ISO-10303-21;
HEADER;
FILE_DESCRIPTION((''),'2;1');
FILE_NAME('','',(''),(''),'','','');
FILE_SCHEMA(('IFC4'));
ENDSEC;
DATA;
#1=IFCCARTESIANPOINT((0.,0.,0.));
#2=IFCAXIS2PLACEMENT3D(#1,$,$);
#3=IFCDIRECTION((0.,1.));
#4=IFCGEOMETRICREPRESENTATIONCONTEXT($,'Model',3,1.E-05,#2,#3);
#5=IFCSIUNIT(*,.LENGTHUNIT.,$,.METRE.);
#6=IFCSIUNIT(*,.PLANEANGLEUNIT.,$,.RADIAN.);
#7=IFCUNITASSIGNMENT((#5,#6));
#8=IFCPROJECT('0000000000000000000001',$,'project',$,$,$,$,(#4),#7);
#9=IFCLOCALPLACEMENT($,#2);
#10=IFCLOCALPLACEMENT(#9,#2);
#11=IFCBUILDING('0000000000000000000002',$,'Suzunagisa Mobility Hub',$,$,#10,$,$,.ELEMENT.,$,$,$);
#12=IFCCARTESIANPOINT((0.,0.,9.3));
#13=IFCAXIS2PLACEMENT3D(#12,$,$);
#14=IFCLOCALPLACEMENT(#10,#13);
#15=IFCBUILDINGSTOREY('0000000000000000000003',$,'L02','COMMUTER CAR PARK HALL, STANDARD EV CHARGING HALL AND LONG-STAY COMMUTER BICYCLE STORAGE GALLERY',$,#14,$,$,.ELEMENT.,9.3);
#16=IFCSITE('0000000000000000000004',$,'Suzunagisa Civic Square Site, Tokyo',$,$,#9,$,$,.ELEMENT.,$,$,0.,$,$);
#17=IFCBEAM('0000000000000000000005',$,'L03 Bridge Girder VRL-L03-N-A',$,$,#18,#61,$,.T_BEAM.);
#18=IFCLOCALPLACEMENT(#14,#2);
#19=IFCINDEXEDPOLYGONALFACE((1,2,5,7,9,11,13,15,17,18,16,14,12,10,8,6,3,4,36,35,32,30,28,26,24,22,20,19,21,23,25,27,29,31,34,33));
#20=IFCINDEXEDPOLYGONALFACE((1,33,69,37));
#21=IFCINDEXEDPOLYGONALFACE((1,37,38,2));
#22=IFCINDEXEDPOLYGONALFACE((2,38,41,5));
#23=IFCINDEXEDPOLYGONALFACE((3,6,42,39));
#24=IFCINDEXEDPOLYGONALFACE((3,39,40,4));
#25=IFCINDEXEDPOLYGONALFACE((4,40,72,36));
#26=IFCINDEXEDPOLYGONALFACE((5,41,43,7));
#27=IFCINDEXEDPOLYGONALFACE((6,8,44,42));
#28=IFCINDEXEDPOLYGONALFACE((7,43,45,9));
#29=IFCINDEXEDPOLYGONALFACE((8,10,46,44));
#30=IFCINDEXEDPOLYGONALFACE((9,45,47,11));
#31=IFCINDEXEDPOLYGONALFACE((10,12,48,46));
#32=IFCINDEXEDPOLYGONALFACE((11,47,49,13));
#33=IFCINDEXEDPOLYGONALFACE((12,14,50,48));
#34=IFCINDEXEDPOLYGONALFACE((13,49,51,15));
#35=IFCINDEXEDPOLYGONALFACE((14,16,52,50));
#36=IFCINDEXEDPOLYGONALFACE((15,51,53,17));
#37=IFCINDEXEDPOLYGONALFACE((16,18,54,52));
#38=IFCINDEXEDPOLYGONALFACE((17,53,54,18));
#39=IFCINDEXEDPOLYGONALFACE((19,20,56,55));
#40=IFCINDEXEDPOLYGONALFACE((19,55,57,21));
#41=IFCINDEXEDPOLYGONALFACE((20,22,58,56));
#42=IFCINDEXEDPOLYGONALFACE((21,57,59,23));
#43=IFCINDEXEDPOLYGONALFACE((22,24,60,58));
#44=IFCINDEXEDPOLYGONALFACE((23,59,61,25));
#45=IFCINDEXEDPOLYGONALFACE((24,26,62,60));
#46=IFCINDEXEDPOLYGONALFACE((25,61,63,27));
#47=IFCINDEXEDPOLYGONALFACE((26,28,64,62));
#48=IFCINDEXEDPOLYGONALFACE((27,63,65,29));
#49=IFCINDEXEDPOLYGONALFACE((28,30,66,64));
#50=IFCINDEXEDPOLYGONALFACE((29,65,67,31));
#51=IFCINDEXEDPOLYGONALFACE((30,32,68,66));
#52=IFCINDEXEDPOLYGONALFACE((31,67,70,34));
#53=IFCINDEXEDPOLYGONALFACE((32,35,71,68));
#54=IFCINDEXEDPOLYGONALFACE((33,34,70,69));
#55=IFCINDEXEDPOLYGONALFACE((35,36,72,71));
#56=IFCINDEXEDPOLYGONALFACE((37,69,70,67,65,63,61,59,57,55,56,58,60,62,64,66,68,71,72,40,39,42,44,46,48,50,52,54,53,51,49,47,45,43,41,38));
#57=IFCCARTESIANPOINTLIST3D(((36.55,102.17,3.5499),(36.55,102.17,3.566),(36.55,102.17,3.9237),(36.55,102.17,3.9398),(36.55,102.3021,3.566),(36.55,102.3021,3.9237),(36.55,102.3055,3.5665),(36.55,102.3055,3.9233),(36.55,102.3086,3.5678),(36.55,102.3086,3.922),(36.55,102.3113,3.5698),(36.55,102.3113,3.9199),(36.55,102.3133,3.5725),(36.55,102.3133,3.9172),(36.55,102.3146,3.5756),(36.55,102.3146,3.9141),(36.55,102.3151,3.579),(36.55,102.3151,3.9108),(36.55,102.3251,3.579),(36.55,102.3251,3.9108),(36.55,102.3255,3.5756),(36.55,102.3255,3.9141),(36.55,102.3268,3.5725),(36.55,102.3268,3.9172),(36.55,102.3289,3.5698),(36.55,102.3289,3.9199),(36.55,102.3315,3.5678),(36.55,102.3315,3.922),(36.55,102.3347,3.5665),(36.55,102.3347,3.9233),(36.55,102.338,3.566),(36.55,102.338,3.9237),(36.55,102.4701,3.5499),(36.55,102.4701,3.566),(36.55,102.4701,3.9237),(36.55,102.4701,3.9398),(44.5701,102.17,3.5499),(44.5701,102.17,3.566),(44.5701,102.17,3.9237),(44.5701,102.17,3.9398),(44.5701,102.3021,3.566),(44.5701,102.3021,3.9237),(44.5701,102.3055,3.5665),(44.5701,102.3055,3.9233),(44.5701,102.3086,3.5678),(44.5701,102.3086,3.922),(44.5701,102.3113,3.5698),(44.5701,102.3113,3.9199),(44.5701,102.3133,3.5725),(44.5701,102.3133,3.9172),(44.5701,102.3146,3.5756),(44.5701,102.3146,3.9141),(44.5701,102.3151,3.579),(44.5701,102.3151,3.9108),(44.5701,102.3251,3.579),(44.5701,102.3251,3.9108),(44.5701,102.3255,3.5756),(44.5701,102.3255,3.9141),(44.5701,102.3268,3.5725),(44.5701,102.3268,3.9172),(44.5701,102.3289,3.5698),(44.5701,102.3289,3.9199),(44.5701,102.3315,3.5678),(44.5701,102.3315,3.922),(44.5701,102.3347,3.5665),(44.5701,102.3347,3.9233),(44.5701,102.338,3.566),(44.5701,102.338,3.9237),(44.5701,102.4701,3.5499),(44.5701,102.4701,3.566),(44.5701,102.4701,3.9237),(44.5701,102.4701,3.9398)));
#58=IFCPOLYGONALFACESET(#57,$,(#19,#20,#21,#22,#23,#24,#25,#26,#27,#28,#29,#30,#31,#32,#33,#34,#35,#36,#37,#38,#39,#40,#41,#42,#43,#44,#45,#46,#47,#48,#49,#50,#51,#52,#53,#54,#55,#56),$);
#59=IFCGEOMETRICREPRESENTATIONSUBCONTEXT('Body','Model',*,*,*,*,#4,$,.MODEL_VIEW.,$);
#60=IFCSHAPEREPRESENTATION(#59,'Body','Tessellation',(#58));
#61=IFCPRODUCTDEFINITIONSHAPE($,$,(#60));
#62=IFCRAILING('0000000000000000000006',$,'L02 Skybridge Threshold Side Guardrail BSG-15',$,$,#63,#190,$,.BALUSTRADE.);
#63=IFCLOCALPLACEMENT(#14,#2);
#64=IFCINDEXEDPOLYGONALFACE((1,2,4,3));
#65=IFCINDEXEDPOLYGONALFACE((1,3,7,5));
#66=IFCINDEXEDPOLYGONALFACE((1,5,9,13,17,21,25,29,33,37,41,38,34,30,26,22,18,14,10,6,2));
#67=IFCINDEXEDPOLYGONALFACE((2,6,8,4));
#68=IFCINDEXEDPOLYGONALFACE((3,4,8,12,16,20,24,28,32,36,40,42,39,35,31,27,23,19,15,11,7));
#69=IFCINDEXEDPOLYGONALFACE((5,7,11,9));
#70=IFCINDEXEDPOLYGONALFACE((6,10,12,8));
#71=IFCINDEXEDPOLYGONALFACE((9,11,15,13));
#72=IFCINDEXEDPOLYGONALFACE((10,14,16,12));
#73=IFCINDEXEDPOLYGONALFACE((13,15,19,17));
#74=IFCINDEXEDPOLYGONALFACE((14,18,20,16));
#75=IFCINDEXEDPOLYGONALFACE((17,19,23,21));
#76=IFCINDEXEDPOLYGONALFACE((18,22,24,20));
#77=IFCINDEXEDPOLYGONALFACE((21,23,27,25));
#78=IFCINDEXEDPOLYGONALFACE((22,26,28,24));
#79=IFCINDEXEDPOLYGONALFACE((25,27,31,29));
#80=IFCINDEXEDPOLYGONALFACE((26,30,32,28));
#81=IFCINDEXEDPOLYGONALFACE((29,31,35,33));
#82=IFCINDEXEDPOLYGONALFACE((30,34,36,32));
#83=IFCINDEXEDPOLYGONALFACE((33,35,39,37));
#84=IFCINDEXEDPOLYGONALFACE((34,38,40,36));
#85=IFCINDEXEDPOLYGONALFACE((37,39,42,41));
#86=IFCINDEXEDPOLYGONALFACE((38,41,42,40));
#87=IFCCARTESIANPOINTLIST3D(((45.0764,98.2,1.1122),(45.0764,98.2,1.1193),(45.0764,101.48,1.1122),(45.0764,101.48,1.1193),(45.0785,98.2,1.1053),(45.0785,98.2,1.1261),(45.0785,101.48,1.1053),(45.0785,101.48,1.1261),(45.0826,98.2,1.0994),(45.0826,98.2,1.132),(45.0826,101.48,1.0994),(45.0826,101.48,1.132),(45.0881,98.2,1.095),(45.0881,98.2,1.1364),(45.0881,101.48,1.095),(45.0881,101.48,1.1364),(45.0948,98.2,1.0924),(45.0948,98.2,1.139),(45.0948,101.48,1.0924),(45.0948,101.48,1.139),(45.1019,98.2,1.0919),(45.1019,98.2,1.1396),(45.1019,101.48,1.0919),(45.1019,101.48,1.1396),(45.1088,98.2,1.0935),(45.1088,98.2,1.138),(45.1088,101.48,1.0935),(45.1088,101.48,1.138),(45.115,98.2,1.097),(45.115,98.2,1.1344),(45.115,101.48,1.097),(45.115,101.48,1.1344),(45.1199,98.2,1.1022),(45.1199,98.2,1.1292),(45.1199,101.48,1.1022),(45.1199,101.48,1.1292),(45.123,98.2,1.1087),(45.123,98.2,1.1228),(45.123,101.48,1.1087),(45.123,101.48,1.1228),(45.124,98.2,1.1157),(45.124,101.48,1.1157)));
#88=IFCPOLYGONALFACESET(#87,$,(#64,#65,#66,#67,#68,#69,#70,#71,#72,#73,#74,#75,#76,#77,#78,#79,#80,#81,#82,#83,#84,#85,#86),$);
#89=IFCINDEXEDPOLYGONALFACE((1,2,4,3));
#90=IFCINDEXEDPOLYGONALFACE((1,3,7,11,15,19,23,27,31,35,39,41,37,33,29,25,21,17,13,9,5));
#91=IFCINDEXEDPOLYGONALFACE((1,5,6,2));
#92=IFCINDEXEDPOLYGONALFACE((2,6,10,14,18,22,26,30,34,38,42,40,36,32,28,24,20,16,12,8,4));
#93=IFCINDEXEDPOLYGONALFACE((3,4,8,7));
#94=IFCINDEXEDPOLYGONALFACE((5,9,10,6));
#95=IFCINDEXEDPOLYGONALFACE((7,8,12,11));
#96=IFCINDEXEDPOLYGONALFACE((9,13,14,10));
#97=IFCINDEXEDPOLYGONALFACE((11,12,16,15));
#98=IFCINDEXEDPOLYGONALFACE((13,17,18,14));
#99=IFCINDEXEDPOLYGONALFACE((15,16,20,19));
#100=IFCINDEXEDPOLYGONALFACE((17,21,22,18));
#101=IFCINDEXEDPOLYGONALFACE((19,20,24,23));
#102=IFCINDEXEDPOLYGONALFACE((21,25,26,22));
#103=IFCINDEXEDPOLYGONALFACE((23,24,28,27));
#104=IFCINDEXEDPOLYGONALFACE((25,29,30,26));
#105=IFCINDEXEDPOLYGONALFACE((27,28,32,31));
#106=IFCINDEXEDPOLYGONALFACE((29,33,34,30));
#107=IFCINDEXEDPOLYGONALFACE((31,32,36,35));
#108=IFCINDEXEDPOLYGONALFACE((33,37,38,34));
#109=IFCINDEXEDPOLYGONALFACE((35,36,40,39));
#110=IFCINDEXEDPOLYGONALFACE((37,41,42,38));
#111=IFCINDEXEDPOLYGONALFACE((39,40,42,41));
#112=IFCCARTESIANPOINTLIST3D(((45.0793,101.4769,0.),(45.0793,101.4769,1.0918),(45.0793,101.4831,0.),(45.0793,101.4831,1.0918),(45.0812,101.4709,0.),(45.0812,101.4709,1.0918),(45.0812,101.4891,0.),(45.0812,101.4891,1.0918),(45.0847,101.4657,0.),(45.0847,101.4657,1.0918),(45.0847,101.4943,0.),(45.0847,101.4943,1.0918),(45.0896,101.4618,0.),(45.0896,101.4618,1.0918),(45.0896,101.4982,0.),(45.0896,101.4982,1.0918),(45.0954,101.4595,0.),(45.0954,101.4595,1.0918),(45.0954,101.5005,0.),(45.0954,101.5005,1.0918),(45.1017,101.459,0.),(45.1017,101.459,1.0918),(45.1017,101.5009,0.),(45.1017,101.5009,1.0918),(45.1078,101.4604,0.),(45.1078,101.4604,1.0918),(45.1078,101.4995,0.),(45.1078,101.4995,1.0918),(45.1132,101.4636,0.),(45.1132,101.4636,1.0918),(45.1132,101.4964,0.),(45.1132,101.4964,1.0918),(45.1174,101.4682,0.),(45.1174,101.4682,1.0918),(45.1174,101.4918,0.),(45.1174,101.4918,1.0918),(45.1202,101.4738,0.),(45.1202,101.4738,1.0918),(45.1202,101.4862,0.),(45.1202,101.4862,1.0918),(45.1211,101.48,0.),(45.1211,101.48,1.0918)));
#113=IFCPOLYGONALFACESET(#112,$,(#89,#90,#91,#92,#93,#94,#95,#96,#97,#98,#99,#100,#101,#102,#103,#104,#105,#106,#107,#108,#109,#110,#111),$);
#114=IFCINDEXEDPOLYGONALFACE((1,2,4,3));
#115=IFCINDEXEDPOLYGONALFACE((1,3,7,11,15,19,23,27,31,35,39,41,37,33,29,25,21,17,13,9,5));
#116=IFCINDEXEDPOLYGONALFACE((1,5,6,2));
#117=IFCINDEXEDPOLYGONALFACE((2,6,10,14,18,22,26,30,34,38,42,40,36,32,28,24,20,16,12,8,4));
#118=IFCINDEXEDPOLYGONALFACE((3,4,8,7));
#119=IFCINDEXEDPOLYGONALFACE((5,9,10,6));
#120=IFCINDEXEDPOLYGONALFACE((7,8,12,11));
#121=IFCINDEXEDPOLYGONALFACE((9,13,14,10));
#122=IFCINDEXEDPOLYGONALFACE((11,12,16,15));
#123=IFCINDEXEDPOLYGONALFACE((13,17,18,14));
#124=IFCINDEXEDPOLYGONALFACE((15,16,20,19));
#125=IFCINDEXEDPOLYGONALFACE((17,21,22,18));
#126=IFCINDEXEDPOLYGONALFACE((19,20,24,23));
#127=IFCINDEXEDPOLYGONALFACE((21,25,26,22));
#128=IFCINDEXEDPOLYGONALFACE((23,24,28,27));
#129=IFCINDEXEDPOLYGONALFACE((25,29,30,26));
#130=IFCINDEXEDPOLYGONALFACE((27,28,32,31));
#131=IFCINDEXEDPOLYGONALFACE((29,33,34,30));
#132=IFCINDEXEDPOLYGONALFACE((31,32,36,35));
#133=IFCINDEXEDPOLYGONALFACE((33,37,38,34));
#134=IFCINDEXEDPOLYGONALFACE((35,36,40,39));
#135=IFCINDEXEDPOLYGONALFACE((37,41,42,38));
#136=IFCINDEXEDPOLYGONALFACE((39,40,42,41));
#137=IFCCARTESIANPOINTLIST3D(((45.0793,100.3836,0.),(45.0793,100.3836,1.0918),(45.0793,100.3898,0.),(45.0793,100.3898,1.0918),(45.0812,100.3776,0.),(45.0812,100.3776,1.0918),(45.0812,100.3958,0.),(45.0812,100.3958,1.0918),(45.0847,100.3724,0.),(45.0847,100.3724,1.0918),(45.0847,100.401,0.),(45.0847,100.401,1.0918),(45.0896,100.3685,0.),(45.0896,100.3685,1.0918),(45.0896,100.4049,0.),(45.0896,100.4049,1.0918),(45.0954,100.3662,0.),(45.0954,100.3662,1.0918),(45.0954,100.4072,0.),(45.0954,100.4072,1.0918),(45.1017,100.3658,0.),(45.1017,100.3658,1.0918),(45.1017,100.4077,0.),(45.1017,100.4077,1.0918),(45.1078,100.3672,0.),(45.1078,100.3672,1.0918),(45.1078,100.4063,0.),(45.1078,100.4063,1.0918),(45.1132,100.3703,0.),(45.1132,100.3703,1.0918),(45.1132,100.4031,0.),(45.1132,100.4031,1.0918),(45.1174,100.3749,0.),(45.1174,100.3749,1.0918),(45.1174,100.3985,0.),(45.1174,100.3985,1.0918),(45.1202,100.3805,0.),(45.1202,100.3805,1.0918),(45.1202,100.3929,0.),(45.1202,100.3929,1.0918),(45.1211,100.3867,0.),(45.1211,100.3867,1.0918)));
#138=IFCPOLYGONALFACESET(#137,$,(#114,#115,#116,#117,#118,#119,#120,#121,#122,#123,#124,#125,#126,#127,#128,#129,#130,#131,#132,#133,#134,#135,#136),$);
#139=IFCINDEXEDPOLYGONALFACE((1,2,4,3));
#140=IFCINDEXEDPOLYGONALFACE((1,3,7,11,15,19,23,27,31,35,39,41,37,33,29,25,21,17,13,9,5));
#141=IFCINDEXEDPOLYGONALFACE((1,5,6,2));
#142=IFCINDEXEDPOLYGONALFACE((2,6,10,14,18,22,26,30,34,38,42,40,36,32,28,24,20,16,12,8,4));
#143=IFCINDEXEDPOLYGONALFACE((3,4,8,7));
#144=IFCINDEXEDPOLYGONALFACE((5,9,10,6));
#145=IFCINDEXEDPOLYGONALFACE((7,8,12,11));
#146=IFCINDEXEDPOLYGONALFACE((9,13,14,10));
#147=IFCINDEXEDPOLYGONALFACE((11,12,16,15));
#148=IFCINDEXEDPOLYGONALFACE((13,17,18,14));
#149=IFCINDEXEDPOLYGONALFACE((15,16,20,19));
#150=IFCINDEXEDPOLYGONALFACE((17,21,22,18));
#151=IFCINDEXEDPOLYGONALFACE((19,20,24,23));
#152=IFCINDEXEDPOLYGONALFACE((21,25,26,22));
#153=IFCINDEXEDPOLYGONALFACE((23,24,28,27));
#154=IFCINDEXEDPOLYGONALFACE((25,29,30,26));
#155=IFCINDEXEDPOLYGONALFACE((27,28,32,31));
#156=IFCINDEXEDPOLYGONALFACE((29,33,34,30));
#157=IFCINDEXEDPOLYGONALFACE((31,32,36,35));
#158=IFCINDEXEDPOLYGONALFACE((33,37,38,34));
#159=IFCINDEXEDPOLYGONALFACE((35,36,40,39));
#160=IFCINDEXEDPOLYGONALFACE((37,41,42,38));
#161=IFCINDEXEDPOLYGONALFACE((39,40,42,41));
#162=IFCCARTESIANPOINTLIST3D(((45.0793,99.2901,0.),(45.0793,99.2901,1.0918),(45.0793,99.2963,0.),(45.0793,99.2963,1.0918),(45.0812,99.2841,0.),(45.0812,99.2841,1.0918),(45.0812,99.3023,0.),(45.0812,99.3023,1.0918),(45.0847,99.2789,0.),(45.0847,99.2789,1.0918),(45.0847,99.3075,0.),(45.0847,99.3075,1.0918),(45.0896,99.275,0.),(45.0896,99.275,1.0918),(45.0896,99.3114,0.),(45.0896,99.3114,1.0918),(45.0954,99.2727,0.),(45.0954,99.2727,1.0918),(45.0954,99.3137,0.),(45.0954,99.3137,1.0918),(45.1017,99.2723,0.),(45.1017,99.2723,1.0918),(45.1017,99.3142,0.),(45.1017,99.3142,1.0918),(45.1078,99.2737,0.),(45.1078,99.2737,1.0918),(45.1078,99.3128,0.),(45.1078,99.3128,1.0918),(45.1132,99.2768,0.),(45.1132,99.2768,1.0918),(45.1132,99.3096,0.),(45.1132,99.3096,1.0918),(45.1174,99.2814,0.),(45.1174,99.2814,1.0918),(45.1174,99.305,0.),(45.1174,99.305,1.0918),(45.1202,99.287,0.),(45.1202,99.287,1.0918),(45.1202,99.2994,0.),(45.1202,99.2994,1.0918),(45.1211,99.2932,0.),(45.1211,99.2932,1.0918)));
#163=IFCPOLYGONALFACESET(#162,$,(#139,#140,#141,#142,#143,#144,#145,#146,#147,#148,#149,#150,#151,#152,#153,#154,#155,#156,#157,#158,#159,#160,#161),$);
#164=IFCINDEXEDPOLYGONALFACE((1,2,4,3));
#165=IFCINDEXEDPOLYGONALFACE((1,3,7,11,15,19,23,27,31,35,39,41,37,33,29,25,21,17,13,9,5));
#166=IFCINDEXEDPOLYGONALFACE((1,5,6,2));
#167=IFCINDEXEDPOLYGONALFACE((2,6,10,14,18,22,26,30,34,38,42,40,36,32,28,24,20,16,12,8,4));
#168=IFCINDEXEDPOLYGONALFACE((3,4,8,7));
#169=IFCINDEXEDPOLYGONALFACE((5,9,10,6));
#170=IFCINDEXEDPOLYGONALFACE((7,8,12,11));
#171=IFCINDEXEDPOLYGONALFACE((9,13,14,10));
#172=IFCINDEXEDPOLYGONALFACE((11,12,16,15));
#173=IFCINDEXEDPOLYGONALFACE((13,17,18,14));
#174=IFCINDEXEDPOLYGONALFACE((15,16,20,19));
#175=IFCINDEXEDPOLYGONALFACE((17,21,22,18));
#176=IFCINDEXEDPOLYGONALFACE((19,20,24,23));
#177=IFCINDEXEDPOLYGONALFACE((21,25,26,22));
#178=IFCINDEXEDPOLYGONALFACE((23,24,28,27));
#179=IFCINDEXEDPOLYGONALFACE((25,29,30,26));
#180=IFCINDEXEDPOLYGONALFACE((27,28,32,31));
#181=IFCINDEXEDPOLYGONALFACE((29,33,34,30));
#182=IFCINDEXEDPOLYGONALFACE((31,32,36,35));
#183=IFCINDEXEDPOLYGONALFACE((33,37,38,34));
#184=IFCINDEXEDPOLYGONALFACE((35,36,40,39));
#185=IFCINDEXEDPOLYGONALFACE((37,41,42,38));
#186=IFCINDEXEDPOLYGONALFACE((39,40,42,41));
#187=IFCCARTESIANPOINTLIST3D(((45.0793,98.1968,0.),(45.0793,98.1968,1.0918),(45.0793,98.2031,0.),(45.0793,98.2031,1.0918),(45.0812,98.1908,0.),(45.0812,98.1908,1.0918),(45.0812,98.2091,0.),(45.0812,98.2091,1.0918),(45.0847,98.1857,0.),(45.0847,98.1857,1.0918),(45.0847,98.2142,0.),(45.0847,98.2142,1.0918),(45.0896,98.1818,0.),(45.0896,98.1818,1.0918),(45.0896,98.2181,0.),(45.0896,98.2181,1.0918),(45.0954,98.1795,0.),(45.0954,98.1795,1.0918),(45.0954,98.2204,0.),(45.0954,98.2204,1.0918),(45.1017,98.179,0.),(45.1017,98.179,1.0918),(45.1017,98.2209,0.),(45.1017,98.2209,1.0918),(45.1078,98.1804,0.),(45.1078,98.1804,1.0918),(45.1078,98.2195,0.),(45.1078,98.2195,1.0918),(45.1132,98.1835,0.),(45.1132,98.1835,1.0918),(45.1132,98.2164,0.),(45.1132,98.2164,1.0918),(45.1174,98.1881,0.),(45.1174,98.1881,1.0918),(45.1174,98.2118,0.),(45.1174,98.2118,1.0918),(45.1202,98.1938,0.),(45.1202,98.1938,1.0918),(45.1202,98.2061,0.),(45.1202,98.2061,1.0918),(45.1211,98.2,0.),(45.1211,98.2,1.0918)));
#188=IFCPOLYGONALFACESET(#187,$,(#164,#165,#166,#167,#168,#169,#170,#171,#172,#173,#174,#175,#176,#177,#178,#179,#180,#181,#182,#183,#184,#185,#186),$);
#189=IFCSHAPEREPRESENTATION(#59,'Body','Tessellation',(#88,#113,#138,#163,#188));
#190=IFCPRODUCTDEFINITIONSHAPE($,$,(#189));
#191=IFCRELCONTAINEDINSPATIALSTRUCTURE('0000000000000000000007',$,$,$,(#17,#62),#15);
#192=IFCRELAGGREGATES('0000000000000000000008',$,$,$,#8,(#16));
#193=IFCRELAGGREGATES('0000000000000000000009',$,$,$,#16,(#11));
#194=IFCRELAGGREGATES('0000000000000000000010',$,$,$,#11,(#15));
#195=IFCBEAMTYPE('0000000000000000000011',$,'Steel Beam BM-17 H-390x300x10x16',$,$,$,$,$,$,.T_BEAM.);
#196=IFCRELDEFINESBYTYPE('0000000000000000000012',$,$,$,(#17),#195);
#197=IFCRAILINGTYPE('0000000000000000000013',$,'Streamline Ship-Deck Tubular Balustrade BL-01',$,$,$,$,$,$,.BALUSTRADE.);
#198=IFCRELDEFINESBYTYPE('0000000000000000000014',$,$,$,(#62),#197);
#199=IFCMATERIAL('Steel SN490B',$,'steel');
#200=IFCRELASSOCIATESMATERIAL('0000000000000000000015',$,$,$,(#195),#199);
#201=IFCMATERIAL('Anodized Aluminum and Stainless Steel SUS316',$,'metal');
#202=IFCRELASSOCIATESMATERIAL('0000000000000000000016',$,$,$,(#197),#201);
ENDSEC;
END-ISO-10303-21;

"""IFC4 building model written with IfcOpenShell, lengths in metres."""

from ifc_helpers import new_model, si_unit, direction, frame, origin, origin_2d, place, context, subcontext, project, spatial, circle, i_section, extrude, material, material_profile, profile_set, type_object, element, save


model = new_model("IFC4")

# Units and contexts
model_context = context("Model", 3, precision=1e-05, world=origin(), true_north=direction((0.0, 1.0)))
body_context = subcontext(model_context, "Body", "Model", "MODEL_VIEW")
ifc_project = project(units=[si_unit("LENGTHUNIT", "METRE"), si_unit("PLANEANGLEUNIT", "RADIAN")], contexts=[model_context])

# Site, building, storey
site_placement = place(None, origin())
site = spatial("IfcSite", under=ifc_project, at=site_placement, Name="Suzunagisa Civic Square Site, Tokyo", CompositionType="ELEMENT", RefElevation=0.0)
building_placement = place(site_placement, origin())
building = spatial("IfcBuilding", under=site, at=building_placement, Name="Suzunagisa Mobility Hub", CompositionType="ELEMENT")
storey_placement = place(building_placement, frame((0.0, 0.0, 9.3)))
storey = spatial("IfcBuildingStorey", under=building, at=storey_placement, Name="L02", Description="COMMUTER CAR PARK HALL, STANDARD EV CHARGING HALL AND LONG-STAY COMMUTER BICYCLE STORAGE GALLERY", CompositionType="ELEMENT", Elevation=9.3)

# Shared definitions
ifc_material_1 = material(Name="Steel SN490B", Category="steel")

# Beam
ifc_material_profile_1 = material_profile(ifc_material_1, i_section(OverallWidth=0.3, OverallDepth=0.3899, WebThickness=0.01, FlangeThickness=0.0161, FilletRadius=0.0129, at=origin_2d()), Name="H-390x300x10x16")
ifc_profile_set_1 = profile_set([ifc_material_profile_1], Name="Steel SN490B")
beam_type_1 = type_object("IfcBeamType", Name="Steel Beam BM-17 H-390x300x10x16", PredefinedType="T_BEAM", material=ifc_profile_set_1)
for number, where, z_axis, x_axis, name in (
    (1, (36.55, 102.3201, 3.7449), (1.0, 0.0, 0.0), (0.0, 1.0, 0.0), "L03 Bridge Girder VRL-L03-N-A"),
):
    element("IfcBeam", number, at=place(storey_placement, frame(where, z_axis=z_axis, x_axis=x_axis)), inside=storey, type_object=beam_type_1, Name=name, PredefinedType="T_BEAM", context=body_context, shape_type="SweptSolid", body=[
        extrude(i_section(OverallWidth=0.3, OverallDepth=0.3899, WebThickness=0.01, FlangeThickness=0.0161, FilletRadius=0.0129, at=origin_2d()), origin(), (0.0, 0.0, 1.0), 8.02),
    ])

# Railing
ifc_material_2 = material(Name="Anodized Aluminum and Stainless Steel SUS316", Category="metal")
railing_type_1 = type_object("IfcRailingType", Name="Streamline Ship-Deck Tubular Balustrade BL-01", PredefinedType="BALUSTRADE", material=ifc_material_2)
railing_1_placement = place(storey_placement, frame((45.1001, 101.48, 0.0)))
element("IfcRailing", 2, at=railing_1_placement, inside=storey, type_object=railing_type_1, Name="L02 Skybridge Threshold Side Guardrail BSG-15", PredefinedType="BALUSTRADE", context=body_context, shape_type="SweptSolid", body=[
    extrude(circle(Radius=0.0239, at=origin_2d()), frame((0.0, 0.0, 1.1157), z_axis=(0.0, -1.0, 0.0), x_axis=(1.0, 0.0, 0.0)), (0.0, 0.0, 1.0), 3.28),
    extrude(circle(Radius=0.021, at=origin_2d()), origin(), (0.0, 0.0, 1.0), 1.0918),
    extrude(circle(Radius=0.021, at=origin_2d()), frame((0.0, -1.0933, 0.0)), (0.0, 0.0, 1.0), 1.0918),
    extrude(circle(Radius=0.021, at=origin_2d()), frame((0.0, -2.1868, 0.0)), (0.0, 0.0, 1.0), 1.0918),
    extrude(circle(Radius=0.021, at=origin_2d()), frame((0.0, -3.28, 0.0)), (0.0, 0.0, 1.0), 1.0918),
])

save(model, "model.ifc")
